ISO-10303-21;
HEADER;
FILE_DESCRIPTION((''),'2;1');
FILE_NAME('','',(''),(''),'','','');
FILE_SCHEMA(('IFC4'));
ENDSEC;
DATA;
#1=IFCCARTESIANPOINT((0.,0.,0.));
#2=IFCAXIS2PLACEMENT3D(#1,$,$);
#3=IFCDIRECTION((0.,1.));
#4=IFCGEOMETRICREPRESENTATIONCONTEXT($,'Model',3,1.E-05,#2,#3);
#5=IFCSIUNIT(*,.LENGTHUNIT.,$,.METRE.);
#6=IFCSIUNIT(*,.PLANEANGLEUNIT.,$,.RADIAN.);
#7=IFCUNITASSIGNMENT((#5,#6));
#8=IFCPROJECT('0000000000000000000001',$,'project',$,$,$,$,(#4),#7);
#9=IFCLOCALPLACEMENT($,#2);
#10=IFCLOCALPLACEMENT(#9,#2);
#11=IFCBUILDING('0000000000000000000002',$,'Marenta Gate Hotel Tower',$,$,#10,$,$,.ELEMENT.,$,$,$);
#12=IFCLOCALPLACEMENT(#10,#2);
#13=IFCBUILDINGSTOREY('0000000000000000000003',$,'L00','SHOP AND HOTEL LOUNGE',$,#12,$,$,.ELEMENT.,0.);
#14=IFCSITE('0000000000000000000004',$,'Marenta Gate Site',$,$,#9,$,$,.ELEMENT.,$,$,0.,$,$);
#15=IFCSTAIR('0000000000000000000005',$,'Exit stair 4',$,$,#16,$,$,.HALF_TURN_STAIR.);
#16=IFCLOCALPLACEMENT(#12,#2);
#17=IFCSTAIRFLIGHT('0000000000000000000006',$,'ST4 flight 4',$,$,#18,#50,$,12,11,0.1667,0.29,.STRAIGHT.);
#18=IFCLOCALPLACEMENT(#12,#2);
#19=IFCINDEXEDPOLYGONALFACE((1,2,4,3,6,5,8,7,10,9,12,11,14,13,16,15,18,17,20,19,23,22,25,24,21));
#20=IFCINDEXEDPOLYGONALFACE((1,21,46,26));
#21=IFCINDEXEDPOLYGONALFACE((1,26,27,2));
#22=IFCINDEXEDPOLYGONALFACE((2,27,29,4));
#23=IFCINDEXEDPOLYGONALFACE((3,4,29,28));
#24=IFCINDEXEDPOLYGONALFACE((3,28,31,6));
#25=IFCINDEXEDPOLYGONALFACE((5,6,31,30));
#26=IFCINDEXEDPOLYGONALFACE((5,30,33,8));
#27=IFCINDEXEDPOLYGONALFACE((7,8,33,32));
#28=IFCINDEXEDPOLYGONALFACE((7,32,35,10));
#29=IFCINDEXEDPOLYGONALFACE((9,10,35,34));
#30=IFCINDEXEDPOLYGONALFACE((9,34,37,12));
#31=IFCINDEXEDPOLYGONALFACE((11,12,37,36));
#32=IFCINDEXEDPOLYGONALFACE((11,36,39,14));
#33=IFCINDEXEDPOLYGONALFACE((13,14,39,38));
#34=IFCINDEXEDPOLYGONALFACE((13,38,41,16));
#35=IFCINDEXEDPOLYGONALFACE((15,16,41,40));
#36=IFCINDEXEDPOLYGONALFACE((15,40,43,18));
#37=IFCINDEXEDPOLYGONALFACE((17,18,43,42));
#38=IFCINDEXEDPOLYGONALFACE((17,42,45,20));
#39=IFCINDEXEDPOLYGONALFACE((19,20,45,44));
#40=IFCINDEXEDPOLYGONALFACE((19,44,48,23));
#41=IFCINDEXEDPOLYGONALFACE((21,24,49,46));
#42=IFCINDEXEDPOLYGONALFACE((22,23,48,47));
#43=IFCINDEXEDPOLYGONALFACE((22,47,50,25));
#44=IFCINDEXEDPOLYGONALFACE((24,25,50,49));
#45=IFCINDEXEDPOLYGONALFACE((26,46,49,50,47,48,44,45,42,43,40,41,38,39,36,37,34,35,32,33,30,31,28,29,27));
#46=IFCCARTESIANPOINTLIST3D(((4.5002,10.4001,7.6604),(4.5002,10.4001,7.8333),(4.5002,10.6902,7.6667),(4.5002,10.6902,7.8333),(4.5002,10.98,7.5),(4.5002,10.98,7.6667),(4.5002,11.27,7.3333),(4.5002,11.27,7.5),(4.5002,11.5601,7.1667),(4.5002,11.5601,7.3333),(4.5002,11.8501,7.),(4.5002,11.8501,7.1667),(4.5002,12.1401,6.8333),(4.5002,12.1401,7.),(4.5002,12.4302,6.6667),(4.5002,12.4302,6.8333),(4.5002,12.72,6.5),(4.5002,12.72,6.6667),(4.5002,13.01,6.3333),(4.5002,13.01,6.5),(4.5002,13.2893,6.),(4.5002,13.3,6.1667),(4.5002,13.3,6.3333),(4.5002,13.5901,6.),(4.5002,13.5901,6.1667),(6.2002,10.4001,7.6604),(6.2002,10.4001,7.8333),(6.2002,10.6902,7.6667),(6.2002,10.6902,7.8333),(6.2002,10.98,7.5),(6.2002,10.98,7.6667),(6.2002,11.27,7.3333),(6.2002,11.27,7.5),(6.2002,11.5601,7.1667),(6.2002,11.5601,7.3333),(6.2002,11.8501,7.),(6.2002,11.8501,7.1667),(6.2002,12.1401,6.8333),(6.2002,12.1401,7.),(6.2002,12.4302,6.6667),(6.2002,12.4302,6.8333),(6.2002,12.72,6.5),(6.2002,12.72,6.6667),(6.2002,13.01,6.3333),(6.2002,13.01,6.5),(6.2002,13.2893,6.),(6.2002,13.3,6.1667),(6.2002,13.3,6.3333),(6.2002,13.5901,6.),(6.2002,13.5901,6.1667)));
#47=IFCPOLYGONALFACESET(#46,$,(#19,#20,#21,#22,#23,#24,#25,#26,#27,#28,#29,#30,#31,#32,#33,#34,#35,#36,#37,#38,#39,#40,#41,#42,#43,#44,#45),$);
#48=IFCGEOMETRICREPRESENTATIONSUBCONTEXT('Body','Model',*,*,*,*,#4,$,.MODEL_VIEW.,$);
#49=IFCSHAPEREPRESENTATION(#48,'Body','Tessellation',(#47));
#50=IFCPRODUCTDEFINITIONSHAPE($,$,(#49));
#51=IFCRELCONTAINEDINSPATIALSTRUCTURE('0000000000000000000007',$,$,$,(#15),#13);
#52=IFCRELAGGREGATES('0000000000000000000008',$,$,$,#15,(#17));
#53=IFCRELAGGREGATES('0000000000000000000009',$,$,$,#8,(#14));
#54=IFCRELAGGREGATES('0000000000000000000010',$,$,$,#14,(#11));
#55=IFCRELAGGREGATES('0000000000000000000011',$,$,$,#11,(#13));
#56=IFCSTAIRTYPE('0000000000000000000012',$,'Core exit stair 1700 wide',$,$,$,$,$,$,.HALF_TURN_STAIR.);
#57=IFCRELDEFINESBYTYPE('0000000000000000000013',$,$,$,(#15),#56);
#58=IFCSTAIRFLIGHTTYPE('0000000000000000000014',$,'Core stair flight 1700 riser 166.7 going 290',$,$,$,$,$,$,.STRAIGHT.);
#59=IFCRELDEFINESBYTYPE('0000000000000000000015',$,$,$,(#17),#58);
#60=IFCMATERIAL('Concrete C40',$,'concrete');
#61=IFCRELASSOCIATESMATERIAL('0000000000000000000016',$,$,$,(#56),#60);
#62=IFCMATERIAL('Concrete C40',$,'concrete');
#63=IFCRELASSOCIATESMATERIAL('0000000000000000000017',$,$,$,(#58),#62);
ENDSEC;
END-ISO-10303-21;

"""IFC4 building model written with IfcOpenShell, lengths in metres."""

from ifc_helpers import new_model, si_unit, direction, frame, origin, place, context, subcontext, project, spatial, polyline, outline, extrude, material, type_object, element, aggregate, save


model = new_model("IFC4")

# Units and contexts
model_context = context("Model", 3, precision=1e-05, world=origin(), true_north=direction((0.0, 1.0)))
body_context = subcontext(model_context, "Body", "Model", "MODEL_VIEW")
ifc_project = project(units=[si_unit("LENGTHUNIT", "METRE"), si_unit("PLANEANGLEUNIT", "RADIAN")], contexts=[model_context])

# Site, building, storey
site_placement = place(None, origin())
site = spatial("IfcSite", under=ifc_project, at=site_placement, Name="Marenta Gate Site", CompositionType="ELEMENT", RefElevation=0.0)
building_placement = place(site_placement, origin())
building = spatial("IfcBuilding", under=site, at=building_placement, Name="Marenta Gate Hotel Tower", CompositionType="ELEMENT")
storey_placement = place(building_placement, origin())
storey = spatial("IfcBuildingStorey", under=building, at=storey_placement, Name="L00", Description="SHOP AND HOTEL LOUNGE", CompositionType="ELEMENT", Elevation=0.0)

# Stair, stair flight
ifc_material_1 = material(Name="Concrete C40", Category="concrete")
stair_type = type_object("IfcStairType", Name="Core exit stair 1700 wide", PredefinedType="HALF_TURN_STAIR", material=ifc_material_1)
stair_placement = place(storey_placement, origin())
stair = element("IfcStair", 1, at=stair_placement, inside=storey, type_object=stair_type, Name="Exit stair 4", PredefinedType="HALF_TURN_STAIR")
ifc_material_2 = material(Name="Concrete C40", Category="concrete")
stair_flight_type = type_object("IfcStairFlightType", Name="Core stair flight 1700 riser 166.7 going 290", PredefinedType="STRAIGHT", material=ifc_material_2)
stair_flight_1_placement = place(storey_placement, frame((5.3501, 13.5901, 6.0), z_axis=(0.0, 0.0, 1.0), x_axis=(0.0, -1.0, 0.0)))
stair_flight_1 = element("IfcStairFlight", 2, at=stair_flight_1_placement, type_object=stair_flight_type, Name="ST4 flight 4", NumberOfRisers=12, NumberOfTreads=11, PredefinedType="STRAIGHT", RiserHeight=0.1667, TreadLength=0.29, context=body_context, shape_type="SweptSolid", body=[
    extrude(outline(polyline([(0.0, 0.0), (0.0, 0.1667), (0.29, 0.1667), (0.29, 0.3333), (0.5801, 0.3333), (0.5801, 0.5), (0.8701, 0.5), (0.8701, 0.6667), (1.1599, 0.6667), (1.1599, 0.8333), (1.45, 0.8333), (1.45, 1.0), (1.74, 1.0), (1.74, 1.1667), (2.03, 1.1667), (2.03, 1.3333), (2.3201, 1.3333), (2.3201, 1.5), (2.6101, 1.5), (2.6101, 1.6667), (2.8999, 1.6667), (2.8999, 1.8333), (3.1899, 1.8333), (3.1899, 2.0), (3.1899, 1.6604), (0.3008, 0.0), (0.0, 0.0)])), frame((0.0, 0.8501, 0.0), z_axis=(0.0, -1.0, 0.0), x_axis=(1.0, 0.0, 0.0)), (0.0, 0.0, 1.0), 1.7),
])
aggregate(stair, [stair_flight_1])

save(model, "model.ifc")
